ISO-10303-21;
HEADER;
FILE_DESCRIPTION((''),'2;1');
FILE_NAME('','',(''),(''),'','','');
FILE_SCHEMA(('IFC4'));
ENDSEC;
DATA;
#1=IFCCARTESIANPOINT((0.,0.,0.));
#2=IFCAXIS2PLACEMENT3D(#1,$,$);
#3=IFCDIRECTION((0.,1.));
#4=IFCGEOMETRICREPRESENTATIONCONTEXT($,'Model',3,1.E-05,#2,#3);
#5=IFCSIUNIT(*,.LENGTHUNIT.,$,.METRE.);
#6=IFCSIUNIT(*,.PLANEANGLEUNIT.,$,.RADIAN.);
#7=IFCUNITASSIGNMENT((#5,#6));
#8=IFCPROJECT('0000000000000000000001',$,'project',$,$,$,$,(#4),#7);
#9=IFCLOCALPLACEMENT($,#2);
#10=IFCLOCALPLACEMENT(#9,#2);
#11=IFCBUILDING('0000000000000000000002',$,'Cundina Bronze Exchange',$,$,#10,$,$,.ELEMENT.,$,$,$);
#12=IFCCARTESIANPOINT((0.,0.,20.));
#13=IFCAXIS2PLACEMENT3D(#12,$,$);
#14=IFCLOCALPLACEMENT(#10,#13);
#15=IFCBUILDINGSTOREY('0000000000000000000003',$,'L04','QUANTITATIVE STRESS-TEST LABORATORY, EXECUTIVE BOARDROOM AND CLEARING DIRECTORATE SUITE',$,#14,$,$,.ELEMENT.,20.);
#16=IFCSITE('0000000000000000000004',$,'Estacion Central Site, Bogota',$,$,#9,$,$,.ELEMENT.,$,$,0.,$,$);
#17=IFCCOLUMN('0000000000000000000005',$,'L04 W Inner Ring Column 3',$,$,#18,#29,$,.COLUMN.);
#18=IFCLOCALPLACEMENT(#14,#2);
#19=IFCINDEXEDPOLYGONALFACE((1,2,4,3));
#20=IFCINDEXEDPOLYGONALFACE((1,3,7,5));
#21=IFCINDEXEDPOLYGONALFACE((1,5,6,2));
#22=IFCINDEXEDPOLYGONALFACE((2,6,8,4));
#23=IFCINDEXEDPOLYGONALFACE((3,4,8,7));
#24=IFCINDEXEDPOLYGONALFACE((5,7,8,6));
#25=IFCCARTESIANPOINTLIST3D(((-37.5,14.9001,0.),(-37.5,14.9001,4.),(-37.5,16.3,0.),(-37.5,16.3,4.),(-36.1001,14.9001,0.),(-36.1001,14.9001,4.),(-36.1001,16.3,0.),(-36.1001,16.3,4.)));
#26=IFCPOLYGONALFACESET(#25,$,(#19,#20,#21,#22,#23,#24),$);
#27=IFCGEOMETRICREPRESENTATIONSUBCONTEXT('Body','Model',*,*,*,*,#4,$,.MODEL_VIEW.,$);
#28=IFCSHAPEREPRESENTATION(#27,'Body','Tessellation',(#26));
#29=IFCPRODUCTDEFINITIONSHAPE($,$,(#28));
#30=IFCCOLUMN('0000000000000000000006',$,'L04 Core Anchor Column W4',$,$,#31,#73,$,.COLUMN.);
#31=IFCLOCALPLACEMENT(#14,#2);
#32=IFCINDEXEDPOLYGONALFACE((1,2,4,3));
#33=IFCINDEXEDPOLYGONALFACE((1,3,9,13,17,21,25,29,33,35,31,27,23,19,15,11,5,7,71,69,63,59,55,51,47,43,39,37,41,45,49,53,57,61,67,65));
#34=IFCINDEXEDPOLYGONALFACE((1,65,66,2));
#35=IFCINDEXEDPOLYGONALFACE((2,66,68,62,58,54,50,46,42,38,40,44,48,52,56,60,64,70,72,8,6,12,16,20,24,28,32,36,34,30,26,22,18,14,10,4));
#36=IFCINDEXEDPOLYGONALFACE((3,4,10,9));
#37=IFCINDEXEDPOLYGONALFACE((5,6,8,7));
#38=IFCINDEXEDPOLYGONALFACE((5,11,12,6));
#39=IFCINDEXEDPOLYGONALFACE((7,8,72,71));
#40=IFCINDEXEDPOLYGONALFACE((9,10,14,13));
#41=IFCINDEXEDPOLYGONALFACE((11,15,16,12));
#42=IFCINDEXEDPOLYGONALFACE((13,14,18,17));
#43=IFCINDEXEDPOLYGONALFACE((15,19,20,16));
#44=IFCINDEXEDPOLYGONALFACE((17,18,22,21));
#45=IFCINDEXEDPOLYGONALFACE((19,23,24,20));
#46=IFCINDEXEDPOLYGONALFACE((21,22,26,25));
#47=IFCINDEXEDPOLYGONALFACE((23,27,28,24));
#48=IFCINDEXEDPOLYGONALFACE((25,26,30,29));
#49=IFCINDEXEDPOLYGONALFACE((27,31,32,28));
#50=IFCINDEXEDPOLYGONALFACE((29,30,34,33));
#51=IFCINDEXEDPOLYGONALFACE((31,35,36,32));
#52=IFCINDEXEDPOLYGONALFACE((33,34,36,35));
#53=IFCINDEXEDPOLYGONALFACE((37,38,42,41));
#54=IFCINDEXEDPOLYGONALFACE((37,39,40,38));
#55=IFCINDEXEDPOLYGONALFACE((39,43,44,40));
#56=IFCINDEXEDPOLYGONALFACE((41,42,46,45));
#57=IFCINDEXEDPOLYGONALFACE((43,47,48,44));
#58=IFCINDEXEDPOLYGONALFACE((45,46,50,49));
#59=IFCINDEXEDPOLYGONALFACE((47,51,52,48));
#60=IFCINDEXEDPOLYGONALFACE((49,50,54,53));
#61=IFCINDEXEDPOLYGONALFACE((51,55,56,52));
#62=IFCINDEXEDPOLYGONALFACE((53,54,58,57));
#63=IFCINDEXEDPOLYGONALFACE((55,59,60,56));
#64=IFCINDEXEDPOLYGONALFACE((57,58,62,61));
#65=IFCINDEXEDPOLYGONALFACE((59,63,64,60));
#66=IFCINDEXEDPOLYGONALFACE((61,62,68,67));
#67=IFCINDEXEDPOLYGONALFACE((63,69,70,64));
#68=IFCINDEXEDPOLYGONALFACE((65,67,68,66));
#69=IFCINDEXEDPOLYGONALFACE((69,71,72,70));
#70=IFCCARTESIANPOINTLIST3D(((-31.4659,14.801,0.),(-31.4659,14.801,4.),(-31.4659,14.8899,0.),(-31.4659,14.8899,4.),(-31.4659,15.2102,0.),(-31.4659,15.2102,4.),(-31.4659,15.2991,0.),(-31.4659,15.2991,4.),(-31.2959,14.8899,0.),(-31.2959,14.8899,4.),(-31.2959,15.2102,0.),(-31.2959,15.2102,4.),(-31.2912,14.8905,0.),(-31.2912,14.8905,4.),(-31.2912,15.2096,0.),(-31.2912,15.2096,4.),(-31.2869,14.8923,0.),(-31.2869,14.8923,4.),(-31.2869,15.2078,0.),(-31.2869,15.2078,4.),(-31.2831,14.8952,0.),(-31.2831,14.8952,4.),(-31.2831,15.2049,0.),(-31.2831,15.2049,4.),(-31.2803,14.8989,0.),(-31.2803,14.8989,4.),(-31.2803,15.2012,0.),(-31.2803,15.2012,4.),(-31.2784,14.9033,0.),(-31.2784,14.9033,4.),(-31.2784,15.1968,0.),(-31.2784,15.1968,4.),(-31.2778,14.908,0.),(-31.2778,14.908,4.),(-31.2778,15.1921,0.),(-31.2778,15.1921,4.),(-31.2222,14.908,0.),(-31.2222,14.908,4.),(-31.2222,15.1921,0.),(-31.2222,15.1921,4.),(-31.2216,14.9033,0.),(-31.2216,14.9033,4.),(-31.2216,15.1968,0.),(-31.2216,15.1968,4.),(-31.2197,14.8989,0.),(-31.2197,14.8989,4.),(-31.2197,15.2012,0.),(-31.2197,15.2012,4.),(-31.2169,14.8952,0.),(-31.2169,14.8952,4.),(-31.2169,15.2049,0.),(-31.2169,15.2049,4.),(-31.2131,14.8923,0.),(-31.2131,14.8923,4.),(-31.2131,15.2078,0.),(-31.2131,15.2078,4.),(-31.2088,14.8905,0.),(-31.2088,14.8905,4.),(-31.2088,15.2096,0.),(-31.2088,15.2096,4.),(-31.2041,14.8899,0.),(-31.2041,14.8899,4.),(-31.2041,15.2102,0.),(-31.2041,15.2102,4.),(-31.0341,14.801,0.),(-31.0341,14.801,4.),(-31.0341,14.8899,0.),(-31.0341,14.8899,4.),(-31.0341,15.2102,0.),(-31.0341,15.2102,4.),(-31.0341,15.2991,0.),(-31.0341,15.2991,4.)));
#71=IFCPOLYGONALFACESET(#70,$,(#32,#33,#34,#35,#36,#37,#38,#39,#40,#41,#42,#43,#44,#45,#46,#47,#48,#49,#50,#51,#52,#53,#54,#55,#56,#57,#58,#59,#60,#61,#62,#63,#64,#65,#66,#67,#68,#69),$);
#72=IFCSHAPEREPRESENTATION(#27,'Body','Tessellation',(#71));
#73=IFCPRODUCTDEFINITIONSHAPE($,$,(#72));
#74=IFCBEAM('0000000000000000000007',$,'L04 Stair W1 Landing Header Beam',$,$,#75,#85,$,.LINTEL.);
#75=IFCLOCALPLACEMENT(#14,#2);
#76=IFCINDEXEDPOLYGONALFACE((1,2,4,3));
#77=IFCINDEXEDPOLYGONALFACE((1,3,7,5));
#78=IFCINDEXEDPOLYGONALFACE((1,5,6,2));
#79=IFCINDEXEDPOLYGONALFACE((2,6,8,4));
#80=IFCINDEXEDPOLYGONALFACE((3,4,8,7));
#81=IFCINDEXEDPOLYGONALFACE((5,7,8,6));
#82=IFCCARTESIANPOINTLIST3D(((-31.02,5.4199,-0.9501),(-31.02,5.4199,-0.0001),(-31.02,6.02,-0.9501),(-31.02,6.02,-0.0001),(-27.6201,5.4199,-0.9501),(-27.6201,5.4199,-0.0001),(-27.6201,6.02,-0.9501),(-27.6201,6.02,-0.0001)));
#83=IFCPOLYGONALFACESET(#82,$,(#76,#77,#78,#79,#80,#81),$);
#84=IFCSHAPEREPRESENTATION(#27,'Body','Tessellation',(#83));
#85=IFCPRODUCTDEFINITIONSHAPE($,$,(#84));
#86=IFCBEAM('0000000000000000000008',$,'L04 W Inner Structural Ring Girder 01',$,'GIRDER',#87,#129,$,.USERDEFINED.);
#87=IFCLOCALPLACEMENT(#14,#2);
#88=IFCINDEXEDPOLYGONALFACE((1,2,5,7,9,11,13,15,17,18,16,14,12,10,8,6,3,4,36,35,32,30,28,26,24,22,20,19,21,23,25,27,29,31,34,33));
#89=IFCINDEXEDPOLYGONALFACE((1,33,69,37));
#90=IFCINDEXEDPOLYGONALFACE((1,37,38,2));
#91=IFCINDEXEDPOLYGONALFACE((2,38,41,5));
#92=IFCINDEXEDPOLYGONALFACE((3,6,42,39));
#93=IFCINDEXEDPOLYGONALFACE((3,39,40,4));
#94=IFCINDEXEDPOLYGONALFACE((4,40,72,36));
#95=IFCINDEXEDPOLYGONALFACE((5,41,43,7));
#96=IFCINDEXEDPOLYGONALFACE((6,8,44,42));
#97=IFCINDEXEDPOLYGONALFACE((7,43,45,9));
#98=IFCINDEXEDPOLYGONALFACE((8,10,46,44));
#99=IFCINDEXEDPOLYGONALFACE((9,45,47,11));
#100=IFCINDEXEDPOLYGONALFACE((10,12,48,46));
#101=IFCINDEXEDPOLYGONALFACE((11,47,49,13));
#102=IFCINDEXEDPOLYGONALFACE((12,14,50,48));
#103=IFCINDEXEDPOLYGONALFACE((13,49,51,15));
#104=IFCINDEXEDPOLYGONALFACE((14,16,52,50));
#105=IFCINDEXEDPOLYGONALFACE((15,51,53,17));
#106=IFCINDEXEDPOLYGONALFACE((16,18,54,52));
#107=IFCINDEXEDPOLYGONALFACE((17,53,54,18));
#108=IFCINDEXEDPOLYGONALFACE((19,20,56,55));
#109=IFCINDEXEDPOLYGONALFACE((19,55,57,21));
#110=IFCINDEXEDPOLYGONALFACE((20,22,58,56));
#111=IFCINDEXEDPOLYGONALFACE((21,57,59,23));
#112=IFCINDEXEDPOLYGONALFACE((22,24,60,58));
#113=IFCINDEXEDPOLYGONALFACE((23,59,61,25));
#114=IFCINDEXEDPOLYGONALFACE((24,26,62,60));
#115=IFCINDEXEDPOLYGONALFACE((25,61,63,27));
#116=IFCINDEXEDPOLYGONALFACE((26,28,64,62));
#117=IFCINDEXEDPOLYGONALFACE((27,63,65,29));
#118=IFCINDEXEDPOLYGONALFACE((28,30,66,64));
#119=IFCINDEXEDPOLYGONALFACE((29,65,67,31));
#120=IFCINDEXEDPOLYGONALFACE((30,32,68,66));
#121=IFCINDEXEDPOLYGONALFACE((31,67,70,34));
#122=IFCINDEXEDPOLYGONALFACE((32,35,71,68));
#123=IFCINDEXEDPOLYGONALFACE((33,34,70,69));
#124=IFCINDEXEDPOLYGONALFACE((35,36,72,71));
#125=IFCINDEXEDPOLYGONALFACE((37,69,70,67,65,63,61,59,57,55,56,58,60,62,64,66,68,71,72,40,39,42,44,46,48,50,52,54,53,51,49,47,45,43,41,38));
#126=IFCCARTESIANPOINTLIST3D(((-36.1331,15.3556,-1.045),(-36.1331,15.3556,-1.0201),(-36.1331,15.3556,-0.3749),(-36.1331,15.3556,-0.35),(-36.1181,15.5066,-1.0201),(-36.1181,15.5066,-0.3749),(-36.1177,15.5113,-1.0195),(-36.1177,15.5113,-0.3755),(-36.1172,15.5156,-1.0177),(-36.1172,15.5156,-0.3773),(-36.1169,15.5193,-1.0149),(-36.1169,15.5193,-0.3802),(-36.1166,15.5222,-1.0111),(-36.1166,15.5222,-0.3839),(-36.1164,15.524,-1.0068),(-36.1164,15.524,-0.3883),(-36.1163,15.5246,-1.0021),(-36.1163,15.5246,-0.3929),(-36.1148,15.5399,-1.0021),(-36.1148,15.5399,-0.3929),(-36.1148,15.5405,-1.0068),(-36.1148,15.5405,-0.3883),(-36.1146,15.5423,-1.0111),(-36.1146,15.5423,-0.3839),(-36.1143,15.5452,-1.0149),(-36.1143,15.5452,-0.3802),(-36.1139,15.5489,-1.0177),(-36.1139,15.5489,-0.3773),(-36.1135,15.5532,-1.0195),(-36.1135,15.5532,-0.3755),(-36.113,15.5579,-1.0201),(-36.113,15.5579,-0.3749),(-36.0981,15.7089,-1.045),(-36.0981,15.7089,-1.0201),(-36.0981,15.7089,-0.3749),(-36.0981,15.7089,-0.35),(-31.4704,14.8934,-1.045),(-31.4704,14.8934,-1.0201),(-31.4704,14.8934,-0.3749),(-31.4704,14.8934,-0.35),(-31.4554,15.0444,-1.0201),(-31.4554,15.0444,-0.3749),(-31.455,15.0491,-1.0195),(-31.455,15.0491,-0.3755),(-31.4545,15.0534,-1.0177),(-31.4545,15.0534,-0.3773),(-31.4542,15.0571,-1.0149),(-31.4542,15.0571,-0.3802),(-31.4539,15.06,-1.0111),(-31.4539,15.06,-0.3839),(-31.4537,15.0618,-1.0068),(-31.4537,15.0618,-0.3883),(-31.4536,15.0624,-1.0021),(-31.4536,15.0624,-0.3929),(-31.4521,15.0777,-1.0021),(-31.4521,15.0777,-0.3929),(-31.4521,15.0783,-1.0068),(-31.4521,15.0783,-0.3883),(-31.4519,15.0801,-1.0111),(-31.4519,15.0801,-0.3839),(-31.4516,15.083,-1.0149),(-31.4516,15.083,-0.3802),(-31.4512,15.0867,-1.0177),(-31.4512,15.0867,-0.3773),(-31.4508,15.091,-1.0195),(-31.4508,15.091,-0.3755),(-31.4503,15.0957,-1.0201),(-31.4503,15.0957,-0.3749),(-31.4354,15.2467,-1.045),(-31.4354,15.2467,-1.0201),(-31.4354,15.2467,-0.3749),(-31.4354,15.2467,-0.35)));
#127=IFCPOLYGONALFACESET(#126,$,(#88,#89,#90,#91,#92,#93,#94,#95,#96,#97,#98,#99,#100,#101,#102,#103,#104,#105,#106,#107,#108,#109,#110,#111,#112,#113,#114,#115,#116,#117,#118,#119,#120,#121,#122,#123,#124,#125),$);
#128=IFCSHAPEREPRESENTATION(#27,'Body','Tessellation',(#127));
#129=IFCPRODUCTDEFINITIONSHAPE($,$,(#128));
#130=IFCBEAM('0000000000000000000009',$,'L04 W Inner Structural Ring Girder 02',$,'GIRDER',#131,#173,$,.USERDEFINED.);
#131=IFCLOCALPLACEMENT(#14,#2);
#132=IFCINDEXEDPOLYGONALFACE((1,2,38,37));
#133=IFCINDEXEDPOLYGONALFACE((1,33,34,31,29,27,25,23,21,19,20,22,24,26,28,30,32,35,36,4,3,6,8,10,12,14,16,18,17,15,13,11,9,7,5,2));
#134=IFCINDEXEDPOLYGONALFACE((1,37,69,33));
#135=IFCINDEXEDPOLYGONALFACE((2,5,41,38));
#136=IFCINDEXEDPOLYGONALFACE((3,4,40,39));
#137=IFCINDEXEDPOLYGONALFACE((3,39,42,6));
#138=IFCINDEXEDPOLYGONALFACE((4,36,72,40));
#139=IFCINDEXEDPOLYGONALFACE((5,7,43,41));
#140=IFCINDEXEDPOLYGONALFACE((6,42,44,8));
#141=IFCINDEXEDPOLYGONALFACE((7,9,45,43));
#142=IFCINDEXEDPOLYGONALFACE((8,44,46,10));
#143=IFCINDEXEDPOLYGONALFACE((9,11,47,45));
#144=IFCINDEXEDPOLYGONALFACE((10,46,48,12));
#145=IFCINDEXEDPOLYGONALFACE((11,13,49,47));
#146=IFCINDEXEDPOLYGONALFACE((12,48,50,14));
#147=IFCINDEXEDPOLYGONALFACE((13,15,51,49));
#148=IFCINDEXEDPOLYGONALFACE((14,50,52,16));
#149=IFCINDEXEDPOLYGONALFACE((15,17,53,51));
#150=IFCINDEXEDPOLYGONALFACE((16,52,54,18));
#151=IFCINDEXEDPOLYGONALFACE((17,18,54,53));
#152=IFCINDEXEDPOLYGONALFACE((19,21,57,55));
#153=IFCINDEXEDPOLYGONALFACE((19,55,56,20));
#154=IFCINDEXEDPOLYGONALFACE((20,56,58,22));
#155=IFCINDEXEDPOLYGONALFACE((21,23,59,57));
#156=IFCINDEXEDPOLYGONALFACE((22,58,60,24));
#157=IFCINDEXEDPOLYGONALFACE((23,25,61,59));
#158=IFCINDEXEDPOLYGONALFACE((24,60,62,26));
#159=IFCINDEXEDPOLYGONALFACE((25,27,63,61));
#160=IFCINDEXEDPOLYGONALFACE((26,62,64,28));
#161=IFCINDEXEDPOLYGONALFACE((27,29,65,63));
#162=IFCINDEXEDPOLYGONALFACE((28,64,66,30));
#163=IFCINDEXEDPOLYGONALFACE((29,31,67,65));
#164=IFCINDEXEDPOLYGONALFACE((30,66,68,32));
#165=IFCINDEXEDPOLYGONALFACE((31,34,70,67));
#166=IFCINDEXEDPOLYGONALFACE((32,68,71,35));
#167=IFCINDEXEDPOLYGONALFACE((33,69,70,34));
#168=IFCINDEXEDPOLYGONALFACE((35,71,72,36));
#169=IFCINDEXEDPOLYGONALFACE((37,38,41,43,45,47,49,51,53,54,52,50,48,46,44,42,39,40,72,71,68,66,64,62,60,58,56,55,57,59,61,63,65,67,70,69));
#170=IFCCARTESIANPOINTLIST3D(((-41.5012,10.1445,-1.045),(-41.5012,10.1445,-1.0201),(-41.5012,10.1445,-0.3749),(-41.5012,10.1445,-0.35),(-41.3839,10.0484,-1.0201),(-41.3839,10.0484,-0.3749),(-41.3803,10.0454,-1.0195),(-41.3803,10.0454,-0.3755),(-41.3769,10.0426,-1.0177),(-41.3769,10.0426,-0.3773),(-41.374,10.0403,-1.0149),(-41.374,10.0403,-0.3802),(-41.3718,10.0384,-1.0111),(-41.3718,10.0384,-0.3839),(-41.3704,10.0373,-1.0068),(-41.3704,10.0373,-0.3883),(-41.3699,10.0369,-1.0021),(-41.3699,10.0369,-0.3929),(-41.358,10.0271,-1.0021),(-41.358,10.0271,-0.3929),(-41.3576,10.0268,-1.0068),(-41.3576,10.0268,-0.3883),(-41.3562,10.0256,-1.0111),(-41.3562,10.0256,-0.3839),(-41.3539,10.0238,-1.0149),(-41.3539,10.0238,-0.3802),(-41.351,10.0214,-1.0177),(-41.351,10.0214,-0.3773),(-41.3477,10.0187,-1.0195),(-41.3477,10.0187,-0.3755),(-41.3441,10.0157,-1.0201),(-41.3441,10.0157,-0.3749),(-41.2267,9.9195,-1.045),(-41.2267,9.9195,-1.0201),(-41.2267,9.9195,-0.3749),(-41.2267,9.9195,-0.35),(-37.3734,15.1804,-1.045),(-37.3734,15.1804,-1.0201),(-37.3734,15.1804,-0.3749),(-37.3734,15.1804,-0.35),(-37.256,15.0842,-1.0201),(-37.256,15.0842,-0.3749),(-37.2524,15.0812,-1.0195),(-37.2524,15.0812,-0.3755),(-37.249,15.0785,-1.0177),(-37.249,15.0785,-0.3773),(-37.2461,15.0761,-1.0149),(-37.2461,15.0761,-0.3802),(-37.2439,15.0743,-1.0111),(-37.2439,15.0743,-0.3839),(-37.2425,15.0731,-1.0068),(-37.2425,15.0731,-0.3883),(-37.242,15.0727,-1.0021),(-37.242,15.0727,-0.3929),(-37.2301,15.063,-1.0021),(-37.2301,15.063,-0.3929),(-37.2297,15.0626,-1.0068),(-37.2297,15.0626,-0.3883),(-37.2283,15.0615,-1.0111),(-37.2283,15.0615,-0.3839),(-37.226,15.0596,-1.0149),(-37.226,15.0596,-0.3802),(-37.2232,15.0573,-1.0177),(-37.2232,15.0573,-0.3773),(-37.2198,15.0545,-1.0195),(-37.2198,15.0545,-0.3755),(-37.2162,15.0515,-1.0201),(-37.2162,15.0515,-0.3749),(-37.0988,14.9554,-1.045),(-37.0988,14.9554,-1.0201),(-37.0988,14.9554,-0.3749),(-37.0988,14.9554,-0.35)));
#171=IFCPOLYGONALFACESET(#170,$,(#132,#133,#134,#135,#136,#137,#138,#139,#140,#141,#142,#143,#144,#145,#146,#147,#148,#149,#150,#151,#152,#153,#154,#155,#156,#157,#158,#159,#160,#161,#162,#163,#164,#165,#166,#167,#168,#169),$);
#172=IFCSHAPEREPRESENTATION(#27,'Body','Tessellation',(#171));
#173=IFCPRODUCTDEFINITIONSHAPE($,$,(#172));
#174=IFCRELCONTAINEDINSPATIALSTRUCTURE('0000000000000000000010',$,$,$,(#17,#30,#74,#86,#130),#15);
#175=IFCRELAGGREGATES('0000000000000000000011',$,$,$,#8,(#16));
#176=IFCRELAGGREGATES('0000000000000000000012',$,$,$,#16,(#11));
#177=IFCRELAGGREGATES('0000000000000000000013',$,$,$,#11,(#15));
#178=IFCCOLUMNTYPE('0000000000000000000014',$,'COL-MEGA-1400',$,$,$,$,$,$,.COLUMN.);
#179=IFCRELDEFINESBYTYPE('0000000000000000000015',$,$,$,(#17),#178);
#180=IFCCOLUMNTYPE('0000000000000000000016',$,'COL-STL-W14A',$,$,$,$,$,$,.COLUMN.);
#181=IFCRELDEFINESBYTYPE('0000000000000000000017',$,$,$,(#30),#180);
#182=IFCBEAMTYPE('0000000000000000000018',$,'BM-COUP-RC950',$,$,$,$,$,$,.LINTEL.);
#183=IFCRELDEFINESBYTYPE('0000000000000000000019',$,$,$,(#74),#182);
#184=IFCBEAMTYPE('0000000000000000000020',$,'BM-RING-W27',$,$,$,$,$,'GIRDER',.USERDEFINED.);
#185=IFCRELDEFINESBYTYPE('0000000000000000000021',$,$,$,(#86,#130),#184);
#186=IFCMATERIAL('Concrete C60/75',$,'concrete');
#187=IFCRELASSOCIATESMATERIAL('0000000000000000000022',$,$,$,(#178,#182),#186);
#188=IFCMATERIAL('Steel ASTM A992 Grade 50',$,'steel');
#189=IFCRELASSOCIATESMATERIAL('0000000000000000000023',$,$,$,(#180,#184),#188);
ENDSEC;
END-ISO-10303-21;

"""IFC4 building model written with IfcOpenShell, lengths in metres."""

from ifc_helpers import new_model, si_unit, direction, frame, origin, origin_2d, place, context, subcontext, project, spatial, rectangle, i_section, extrude, material, material_profile, profile_set, type_object, element, save


model = new_model("IFC4")

# Units and contexts
model_context = context("Model", 3, precision=1e-05, world=origin(), true_north=direction((0.0, 1.0)))
body_context = subcontext(model_context, "Body", "Model", "MODEL_VIEW")
ifc_project = project(units=[si_unit("LENGTHUNIT", "METRE"), si_unit("PLANEANGLEUNIT", "RADIAN")], contexts=[model_context])

# Site, building, storey
site_placement = place(None, origin())
site = spatial("IfcSite", under=ifc_project, at=site_placement, Name="Estacion Central Site, Bogota", CompositionType="ELEMENT", RefElevation=0.0)
building_placement = place(site_placement, origin())
building = spatial("IfcBuilding", under=site, at=building_placement, Name="Cundina Bronze Exchange", CompositionType="ELEMENT")
storey_placement = place(building_placement, frame((0.0, 0.0, 20.0)))
storey = spatial("IfcBuildingStorey", under=building, at=storey_placement, Name="L04", Description="QUANTITATIVE STRESS-TEST LABORATORY, EXECUTIVE BOARDROOM AND CLEARING DIRECTORATE SUITE", CompositionType="ELEMENT", Elevation=20.0)

# Columns
ifc_material_1 = material(Name="Concrete C60/75", Category="concrete")
ifc_material_profile_1 = material_profile(ifc_material_1, rectangle(XDim=1.3999, YDim=1.3999, at=origin_2d()), Name="RC1400X1400", Category="concrete")
ifc_profile_set_1 = profile_set([ifc_material_profile_1], Name="Concrete C60/75")
column_type_1 = type_object("IfcColumnType", Name="COL-MEGA-1400", PredefinedType="COLUMN", material=ifc_profile_set_1)
column_1_placement = place(storey_placement, frame((-36.8, 15.6001, 0.0), z_axis=(0.0, 0.0, 1.0), x_axis=(1.0, 0.0, 0.0)))
element("IfcColumn", 1, at=column_1_placement, inside=storey, type_object=column_type_1, Name="L04 W Inner Ring Column 3", PredefinedType="COLUMN", context=body_context, shape_type="SweptSolid", body=[
    extrude(rectangle(XDim=1.3999, YDim=1.3999, at=origin_2d()), origin(), (0.0, 0.0, 1.0), 4.0),
])
ifc_material_2 = material(Name="Steel ASTM A992 Grade 50", Category="steel")
ifc_material_profile_2 = material_profile(ifc_material_2, i_section(OverallWidth=0.4319, OverallDepth=0.498, WebThickness=0.0557, FlangeThickness=0.0889, FilletRadius=0.0181, at=origin_2d()), Name="W14X500", Category="steel")
ifc_profile_set_2 = profile_set([ifc_material_profile_2], Name="Steel ASTM A992 Grade 50")
column_type_2 = type_object("IfcColumnType", Name="COL-STL-W14A", PredefinedType="COLUMN", material=ifc_profile_set_2)
column_2_placement = place(storey_placement, frame((-31.25, 15.05, 0.0), z_axis=(0.0, 0.0, 1.0), x_axis=(1.0, 0.0, 0.0)))
element("IfcColumn", 2, at=column_2_placement, inside=storey, type_object=column_type_2, Name="L04 Core Anchor Column W4", PredefinedType="COLUMN", context=body_context, shape_type="SweptSolid", body=[
    extrude(i_section(OverallWidth=0.4319, OverallDepth=0.498, WebThickness=0.0557, FlangeThickness=0.0889, FilletRadius=0.0181, at=origin_2d()), origin(), (0.0, 0.0, 1.0), 4.0),
])

# Beams
ifc_material_profile_3 = material_profile(ifc_material_1, rectangle(XDim=0.6001, YDim=0.95, at=origin_2d()), Name="RC600X950", Category="concrete")
ifc_profile_set_3 = profile_set([ifc_material_profile_3], Name="Concrete C60/75")
beam_type_1 = type_object("IfcBeamType", Name="BM-COUP-RC950", PredefinedType="LINTEL", material=ifc_profile_set_3)
beam_1_placement = place(storey_placement, frame((-31.02, 5.72, -0.4751), z_axis=(1.0, 0.0, 0.0), x_axis=(0.0, 1.0, 0.0)))
element("IfcBeam", 3, at=beam_1_placement, inside=storey, type_object=beam_type_1, Name="L04 Stair W1 Landing Header Beam", PredefinedType="LINTEL", context=body_context, shape_type="SweptSolid", body=[
    extrude(rectangle(XDim=0.6001, YDim=0.95, at=origin_2d()), origin(), (0.0, 0.0, 1.0), 3.3999),
])
ifc_material_profile_4 = material_profile(ifc_material_2, i_section(OverallWidth=0.355, OverallDepth=0.6951, WebThickness=0.0154, FlangeThickness=0.0249, FilletRadius=0.0181, at=origin_2d()), Name="W27X146", Category="steel")
ifc_profile_set_4 = profile_set([ifc_material_profile_4], Name="Steel ASTM A992 Grade 50")
beam_type_2 = type_object("IfcBeamType", Name="BM-RING-W27", ElementType="GIRDER", PredefinedType="USERDEFINED", material=ifc_profile_set_4)
beam_2_placement = place(storey_placement, frame((-31.4529, 15.0701, -0.6975), z_axis=(-0.995123, 0.098637, 0.0), x_axis=(-0.098637, -0.995123, 0.0)))
element("IfcBeam", 4, at=beam_2_placement, inside=storey, type_object=beam_type_2, Name="L04 W Inner Structural Ring Girder 01", ObjectType="GIRDER", PredefinedType="USERDEFINED", context=body_context, shape_type="SweptSolid", body=[
    extrude(i_section(OverallWidth=0.355, OverallDepth=0.6951, WebThickness=0.0154, FlangeThickness=0.0249, FilletRadius=0.0181, at=origin_2d()), origin(), (0.0, 0.0, 1.0), 4.6855),
])
beam_3_placement = place(storey_placement, frame((-37.2361, 15.0679, -0.6975), z_axis=(-0.633942, -0.773381, 0.0), x_axis=(0.773381, -0.633942, 0.0)))
element("IfcBeam", 5, at=beam_3_placement, inside=storey, type_object=beam_type_2, Name="L04 W Inner Structural Ring Girder 02", ObjectType="GIRDER", PredefinedType="USERDEFINED", context=body_context, shape_type="SweptSolid", body=[
    extrude(i_section(OverallWidth=0.355, OverallDepth=0.6951, WebThickness=0.0154, FlangeThickness=0.0249, FilletRadius=0.0181, at=origin_2d()), origin(), (0.0, 0.0, 1.0), 6.5115),
])

save(model, "model.ifc")
